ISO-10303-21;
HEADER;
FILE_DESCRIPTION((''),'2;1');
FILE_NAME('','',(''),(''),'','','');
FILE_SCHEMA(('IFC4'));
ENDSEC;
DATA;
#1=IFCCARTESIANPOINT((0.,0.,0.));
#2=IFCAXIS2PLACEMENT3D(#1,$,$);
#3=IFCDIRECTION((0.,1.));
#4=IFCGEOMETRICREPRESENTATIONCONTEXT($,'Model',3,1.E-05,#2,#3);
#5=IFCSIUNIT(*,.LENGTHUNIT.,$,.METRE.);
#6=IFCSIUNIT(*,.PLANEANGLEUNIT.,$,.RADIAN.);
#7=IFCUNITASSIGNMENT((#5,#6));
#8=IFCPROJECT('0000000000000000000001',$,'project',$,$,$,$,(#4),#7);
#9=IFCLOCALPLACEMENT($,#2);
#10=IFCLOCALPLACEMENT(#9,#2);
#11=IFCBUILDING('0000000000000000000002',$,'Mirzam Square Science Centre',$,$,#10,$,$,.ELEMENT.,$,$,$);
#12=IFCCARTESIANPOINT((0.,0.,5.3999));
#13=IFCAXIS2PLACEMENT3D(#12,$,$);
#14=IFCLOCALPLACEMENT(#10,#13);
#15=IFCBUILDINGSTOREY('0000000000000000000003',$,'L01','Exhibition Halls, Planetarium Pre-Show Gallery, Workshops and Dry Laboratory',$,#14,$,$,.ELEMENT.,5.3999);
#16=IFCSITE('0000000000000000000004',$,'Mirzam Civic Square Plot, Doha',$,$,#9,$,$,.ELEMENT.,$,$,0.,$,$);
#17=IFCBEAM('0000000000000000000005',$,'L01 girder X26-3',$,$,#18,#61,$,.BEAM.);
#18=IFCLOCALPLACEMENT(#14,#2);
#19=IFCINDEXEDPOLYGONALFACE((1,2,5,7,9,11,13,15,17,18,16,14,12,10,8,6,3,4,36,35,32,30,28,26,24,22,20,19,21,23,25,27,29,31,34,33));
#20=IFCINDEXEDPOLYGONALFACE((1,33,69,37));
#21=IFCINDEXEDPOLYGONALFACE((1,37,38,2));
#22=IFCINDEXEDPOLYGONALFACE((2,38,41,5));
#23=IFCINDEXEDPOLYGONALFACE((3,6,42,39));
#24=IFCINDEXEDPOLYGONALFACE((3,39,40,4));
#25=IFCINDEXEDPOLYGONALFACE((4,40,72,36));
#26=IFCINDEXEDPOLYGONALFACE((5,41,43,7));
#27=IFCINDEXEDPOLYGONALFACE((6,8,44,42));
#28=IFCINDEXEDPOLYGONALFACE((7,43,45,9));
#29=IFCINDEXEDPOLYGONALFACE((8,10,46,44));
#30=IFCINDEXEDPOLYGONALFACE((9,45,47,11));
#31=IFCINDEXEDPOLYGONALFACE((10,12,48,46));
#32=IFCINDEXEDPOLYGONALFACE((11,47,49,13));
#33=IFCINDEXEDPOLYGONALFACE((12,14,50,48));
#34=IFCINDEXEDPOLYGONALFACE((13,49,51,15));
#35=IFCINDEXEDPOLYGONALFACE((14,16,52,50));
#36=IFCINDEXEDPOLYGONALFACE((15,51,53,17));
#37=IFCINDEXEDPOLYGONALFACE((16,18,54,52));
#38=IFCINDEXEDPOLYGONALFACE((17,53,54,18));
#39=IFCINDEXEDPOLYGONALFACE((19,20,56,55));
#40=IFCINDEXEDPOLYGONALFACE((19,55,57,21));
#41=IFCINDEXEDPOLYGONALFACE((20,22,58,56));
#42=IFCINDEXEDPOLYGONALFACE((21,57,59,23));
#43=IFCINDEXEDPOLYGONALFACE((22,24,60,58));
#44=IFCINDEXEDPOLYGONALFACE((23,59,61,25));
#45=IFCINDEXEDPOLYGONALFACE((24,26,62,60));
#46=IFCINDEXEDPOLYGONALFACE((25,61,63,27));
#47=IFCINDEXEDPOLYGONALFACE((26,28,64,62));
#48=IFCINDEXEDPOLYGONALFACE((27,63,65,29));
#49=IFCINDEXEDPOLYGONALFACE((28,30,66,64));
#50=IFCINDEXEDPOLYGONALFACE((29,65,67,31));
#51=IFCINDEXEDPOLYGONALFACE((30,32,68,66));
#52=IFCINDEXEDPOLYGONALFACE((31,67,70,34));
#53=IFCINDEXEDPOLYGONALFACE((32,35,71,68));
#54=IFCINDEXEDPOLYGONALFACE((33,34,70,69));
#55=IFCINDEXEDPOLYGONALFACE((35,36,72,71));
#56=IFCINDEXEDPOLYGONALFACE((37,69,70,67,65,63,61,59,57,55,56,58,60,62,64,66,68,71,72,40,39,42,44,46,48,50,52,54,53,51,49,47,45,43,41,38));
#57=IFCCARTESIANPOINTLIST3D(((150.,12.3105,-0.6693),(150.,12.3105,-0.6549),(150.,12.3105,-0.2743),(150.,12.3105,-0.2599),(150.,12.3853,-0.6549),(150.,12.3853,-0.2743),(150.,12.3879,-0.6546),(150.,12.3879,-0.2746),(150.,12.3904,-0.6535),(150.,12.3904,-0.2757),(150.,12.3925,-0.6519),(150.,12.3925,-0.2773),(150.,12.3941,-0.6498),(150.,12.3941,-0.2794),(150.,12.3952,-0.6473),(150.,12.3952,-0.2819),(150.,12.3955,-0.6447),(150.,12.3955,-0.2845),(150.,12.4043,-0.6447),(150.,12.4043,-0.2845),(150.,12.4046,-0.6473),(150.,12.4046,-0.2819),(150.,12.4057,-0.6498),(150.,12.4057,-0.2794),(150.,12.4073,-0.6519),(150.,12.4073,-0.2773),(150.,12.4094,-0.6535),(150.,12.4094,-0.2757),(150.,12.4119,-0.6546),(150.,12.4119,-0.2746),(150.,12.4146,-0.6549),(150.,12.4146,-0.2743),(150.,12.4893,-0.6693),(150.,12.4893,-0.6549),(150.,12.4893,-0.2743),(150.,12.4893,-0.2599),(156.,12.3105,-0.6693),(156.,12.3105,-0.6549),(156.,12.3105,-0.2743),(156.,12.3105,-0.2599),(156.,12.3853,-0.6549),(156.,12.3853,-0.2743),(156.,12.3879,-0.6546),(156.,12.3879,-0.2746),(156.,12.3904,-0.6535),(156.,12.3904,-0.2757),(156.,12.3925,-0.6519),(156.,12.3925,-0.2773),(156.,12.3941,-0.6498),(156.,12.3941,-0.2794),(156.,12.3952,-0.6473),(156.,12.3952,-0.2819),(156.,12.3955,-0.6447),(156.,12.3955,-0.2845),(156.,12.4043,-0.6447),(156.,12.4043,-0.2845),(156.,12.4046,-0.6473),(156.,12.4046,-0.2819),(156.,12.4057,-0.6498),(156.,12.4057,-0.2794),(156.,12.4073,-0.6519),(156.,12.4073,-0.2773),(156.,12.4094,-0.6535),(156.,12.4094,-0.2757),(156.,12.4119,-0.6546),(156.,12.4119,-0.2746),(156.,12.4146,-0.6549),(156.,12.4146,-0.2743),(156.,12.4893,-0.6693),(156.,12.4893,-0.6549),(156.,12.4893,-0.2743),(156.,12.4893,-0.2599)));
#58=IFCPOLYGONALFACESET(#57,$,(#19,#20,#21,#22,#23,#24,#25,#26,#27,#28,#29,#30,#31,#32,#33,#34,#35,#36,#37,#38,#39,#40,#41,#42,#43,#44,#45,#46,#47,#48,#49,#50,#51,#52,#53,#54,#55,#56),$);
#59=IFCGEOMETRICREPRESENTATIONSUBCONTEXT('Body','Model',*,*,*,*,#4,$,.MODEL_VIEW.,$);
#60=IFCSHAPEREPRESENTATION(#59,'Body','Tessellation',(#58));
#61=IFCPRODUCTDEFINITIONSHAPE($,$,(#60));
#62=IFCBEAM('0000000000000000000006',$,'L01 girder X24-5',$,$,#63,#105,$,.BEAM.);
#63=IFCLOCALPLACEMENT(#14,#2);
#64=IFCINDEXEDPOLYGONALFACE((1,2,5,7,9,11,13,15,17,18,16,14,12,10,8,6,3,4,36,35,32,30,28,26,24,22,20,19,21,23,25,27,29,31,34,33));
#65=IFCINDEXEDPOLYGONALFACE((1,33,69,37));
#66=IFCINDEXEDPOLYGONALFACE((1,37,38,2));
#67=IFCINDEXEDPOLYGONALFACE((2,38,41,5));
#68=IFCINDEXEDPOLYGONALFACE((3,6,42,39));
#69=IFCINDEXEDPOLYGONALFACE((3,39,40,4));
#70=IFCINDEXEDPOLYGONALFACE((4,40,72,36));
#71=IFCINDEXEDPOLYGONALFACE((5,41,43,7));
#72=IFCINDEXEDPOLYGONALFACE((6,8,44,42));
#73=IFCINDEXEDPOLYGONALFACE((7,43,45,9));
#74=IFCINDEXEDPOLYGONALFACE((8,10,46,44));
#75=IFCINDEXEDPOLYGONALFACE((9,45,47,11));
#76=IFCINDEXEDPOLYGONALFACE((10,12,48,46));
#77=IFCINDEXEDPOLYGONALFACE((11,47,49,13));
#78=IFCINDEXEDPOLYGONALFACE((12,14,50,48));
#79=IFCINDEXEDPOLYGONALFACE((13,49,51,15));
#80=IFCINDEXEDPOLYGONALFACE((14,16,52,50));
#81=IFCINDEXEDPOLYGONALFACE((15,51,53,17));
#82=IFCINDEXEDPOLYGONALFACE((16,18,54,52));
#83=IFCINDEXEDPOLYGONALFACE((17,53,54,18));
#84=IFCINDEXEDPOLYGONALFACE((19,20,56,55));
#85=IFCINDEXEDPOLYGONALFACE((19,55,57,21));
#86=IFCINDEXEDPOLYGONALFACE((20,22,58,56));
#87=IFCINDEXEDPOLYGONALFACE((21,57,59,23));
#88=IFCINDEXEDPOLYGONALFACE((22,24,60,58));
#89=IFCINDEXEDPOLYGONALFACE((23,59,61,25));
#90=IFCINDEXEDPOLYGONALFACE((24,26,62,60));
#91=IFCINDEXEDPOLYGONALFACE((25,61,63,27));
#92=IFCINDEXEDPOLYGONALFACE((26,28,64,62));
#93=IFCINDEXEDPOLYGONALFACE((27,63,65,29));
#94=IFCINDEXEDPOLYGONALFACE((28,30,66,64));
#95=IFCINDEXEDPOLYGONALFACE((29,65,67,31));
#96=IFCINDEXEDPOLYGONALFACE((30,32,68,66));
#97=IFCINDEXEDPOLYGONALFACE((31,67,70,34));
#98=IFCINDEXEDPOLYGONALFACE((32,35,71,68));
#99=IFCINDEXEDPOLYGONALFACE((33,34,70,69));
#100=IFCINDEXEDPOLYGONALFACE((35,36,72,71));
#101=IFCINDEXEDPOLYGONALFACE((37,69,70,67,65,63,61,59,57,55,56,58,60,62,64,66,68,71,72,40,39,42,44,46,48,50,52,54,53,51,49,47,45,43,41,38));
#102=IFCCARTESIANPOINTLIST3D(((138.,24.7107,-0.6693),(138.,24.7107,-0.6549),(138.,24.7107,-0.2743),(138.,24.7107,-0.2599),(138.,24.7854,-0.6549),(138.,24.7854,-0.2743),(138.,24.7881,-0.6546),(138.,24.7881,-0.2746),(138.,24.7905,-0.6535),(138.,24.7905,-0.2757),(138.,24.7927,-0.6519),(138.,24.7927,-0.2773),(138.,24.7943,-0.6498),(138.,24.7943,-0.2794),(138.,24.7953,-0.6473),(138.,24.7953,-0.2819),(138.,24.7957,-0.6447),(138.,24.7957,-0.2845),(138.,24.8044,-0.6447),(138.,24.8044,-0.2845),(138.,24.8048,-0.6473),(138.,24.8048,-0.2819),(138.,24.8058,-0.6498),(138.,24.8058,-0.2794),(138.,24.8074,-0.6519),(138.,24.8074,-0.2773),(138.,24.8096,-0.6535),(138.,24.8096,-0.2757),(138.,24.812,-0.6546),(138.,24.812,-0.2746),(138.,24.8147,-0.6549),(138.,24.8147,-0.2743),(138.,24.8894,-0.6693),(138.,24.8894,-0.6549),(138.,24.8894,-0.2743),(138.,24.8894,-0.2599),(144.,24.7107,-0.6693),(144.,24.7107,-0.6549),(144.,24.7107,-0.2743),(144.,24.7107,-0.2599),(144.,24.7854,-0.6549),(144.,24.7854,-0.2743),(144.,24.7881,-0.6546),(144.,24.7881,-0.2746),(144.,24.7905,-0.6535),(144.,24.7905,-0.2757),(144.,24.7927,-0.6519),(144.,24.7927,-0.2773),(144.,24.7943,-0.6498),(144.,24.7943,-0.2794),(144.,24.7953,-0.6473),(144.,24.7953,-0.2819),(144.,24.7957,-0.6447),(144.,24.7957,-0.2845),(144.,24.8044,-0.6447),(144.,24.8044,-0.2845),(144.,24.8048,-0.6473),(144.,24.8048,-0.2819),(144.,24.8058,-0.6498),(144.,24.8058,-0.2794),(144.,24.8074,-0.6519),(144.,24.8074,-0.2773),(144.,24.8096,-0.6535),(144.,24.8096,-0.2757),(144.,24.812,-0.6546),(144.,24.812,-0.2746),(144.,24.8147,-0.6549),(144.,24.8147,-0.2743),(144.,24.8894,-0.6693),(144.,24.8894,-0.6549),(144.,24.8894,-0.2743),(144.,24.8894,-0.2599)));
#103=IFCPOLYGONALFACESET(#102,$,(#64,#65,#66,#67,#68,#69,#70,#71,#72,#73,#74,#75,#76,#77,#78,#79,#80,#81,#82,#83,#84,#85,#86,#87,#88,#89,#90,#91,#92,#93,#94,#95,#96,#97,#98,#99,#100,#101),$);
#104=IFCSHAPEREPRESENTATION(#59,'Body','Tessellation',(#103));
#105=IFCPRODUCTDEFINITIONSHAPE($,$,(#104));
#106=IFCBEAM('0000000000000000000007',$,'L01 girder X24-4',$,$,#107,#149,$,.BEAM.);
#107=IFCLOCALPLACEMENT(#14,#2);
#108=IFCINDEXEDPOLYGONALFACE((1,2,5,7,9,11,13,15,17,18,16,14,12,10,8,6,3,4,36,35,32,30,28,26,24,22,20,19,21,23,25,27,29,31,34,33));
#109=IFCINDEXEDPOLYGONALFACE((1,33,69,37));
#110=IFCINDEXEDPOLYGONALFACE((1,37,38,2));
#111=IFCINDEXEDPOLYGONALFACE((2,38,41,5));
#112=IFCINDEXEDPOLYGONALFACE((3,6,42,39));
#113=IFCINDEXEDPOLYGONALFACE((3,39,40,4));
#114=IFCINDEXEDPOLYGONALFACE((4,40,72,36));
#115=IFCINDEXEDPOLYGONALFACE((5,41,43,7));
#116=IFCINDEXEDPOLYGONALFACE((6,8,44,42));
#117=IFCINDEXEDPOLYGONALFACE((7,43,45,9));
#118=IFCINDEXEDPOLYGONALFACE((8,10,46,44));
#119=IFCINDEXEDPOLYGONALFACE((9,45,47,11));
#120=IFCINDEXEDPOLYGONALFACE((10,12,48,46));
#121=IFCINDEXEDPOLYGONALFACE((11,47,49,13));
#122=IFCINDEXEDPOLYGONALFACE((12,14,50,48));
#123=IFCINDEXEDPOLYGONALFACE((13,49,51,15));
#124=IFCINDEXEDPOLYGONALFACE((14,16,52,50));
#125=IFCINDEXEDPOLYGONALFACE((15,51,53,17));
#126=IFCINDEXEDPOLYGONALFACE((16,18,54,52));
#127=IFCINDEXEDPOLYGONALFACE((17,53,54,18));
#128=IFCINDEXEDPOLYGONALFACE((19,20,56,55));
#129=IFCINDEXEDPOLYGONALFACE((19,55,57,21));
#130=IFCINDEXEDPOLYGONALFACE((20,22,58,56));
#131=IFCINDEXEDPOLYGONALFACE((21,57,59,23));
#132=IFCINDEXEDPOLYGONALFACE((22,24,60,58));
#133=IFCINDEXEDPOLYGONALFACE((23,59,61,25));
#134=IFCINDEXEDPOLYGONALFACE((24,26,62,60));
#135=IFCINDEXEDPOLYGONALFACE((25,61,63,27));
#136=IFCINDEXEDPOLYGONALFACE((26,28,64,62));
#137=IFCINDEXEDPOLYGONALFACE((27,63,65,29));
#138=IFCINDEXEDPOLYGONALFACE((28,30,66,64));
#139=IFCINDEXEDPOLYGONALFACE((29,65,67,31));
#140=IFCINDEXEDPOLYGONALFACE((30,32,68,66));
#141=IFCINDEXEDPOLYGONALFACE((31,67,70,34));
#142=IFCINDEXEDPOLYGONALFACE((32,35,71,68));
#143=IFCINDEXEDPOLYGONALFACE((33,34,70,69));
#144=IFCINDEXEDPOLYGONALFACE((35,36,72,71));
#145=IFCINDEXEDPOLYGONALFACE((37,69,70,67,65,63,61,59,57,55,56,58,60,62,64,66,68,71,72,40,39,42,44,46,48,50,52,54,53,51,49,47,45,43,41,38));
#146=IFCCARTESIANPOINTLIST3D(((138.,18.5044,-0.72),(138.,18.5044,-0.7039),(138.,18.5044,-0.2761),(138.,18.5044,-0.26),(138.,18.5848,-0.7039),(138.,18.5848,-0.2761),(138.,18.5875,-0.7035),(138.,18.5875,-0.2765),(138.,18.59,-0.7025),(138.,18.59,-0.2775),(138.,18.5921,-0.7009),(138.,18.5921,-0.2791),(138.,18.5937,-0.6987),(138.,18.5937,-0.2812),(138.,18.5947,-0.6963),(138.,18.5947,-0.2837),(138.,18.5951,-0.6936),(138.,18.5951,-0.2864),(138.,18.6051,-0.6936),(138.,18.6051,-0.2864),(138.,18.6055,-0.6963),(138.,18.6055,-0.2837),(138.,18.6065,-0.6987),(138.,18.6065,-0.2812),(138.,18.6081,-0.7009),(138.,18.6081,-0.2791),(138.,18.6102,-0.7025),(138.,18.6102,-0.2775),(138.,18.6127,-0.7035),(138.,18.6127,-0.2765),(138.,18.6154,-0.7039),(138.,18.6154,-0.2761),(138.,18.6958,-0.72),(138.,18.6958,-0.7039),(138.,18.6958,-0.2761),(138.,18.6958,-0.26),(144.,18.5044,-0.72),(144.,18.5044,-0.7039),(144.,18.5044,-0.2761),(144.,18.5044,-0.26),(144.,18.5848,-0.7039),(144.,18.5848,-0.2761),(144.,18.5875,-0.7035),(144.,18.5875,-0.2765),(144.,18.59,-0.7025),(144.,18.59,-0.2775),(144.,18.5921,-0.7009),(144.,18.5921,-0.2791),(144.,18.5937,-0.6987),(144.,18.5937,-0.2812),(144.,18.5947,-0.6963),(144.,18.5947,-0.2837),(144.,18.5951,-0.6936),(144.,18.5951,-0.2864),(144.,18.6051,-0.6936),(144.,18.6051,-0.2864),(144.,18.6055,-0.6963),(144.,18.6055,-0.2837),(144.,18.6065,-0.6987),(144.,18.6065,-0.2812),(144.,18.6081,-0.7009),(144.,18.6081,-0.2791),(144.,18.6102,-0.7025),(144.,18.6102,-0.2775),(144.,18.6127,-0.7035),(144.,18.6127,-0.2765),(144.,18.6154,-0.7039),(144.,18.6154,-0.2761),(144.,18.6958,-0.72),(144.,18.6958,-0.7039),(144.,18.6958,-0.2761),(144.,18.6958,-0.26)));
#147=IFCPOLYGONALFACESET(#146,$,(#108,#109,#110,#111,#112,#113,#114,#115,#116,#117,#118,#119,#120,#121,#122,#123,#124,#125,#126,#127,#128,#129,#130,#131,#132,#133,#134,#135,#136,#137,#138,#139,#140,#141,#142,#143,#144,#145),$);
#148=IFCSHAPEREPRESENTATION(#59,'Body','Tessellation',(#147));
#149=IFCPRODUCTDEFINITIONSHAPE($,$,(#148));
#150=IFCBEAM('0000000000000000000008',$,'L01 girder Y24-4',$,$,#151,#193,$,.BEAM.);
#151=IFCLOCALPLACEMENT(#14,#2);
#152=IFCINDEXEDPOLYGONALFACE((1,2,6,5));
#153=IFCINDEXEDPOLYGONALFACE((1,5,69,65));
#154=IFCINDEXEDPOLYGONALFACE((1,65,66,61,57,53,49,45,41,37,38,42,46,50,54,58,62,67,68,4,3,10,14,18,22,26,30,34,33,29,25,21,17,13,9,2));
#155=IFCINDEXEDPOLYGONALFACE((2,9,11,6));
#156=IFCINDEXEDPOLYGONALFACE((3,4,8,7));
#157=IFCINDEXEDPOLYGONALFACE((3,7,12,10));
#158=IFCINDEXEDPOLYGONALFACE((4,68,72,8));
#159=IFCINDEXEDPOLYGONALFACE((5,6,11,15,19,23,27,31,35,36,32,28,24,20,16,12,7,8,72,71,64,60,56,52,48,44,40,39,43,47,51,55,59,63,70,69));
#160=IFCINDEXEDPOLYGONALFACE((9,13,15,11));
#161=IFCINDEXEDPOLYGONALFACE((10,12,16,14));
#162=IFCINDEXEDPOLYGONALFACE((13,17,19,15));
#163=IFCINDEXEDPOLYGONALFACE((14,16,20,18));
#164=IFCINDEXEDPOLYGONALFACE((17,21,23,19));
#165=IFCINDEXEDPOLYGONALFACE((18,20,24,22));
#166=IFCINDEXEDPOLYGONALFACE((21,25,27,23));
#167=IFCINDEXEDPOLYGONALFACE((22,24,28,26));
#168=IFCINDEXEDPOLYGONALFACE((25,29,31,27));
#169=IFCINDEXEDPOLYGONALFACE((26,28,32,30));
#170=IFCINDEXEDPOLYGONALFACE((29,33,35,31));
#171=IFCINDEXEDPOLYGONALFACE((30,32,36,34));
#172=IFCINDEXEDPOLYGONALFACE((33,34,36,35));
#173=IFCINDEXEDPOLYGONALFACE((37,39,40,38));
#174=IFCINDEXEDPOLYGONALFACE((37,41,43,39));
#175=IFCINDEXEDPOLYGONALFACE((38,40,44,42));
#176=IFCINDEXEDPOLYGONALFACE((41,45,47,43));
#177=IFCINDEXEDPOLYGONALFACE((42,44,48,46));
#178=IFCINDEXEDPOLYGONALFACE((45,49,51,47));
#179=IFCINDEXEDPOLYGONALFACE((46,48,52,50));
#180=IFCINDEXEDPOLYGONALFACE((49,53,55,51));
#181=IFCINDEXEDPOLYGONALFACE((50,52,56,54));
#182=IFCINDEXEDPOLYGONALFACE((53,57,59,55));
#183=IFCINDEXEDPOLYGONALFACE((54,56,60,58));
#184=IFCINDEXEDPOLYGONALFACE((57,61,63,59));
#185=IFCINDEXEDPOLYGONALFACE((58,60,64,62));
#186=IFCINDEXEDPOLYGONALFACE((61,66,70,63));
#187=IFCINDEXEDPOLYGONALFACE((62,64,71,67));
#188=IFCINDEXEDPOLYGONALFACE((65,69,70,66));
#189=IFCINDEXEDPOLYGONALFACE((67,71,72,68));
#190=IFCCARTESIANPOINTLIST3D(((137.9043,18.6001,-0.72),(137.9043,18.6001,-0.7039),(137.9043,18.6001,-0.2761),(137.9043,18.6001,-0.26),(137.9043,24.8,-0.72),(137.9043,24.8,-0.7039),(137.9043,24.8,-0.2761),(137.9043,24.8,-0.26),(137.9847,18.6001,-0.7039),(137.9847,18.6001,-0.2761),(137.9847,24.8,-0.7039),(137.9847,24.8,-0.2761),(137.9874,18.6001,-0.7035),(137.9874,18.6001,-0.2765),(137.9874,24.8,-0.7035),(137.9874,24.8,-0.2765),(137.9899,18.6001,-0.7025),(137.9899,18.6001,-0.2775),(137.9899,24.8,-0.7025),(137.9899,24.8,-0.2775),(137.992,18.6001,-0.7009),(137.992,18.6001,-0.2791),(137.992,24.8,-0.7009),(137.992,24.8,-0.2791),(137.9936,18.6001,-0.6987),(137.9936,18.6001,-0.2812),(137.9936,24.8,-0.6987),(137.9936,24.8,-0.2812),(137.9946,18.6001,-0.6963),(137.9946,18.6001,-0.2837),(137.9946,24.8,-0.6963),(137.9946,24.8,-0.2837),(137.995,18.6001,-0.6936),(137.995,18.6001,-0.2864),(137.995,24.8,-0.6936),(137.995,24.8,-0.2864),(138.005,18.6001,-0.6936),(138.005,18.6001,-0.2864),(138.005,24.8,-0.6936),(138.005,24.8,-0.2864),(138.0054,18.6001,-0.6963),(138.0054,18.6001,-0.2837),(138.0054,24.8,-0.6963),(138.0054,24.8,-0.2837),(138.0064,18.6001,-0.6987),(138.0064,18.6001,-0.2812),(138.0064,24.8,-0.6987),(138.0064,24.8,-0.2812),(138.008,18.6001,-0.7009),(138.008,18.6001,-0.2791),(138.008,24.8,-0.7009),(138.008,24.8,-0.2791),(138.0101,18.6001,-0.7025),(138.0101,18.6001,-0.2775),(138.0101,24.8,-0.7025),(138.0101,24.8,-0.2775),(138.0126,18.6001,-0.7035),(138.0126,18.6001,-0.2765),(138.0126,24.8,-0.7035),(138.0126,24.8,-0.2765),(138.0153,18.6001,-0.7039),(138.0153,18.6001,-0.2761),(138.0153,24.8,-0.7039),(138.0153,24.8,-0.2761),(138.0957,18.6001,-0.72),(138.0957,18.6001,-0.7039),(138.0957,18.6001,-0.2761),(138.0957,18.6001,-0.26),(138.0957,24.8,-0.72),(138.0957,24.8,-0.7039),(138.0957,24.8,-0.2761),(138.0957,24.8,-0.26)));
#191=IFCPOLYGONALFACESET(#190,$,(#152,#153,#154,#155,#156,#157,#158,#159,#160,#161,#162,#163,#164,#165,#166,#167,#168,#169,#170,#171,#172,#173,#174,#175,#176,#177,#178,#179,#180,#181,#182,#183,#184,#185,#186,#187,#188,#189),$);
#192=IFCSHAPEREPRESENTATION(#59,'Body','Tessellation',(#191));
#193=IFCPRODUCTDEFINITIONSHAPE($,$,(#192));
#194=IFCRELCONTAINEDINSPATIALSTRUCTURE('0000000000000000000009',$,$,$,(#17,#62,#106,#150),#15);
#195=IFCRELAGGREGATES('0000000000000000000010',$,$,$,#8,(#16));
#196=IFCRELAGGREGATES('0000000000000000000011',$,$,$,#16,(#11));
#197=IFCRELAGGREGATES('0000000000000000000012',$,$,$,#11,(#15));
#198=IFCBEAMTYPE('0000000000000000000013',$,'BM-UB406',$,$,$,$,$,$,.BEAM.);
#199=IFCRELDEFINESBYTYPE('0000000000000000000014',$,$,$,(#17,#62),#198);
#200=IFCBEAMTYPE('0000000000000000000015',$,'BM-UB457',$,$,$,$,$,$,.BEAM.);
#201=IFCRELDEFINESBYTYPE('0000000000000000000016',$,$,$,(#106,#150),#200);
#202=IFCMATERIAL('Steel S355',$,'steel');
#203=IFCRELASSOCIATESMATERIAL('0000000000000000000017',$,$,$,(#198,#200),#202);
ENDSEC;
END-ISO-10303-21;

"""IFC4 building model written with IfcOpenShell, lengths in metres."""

from ifc_helpers import new_model, si_unit, direction, frame, origin, origin_2d, place, context, subcontext, project, spatial, i_section, extrude, material, material_profile, profile_set, type_object, element, save


model = new_model("IFC4")

# Units and contexts
model_context = context("Model", 3, precision=1e-05, world=origin(), true_north=direction((0.0, 1.0)))
body_context = subcontext(model_context, "Body", "Model", "MODEL_VIEW")
ifc_project = project(units=[si_unit("LENGTHUNIT", "METRE"), si_unit("PLANEANGLEUNIT", "RADIAN")], contexts=[model_context])

# Site, building, storey
site_placement = place(None, origin())
site = spatial("IfcSite", under=ifc_project, at=site_placement, Name="Mirzam Civic Square Plot, Doha", CompositionType="ELEMENT", RefElevation=0.0)
building_placement = place(site_placement, origin())
building = spatial("IfcBuilding", under=site, at=building_placement, Name="Mirzam Square Science Centre", CompositionType="ELEMENT")
storey_placement = place(building_placement, frame((0.0, 0.0, 5.3999)))
storey = spatial("IfcBuildingStorey", under=building, at=storey_placement, Name="L01", Description="Exhibition Halls, Planetarium Pre-Show Gallery, Workshops and Dry Laboratory", CompositionType="ELEMENT", Elevation=5.3999)

# Shared definitions
ifc_material_1 = material(Name="Steel S355", Category="steel")

# Beams
ifc_material_profile_1 = material_profile(ifc_material_1, i_section(OverallWidth=0.1787, OverallDepth=0.4094, WebThickness=0.0088, FlangeThickness=0.0144, FilletRadius=0.0103, at=origin_2d()), Name="406x178x67UB")
ifc_profile_set_1 = profile_set([ifc_material_profile_1], Name="Steel S355")
beam_type_1 = type_object("IfcBeamType", Name="BM-UB406", PredefinedType="BEAM", material=ifc_profile_set_1)
for number, where, z_axis, x_axis, name in (
    (1, (150.0, 12.3999, -0.4646), (1.0, 0.0, 0.0), (0.0, 1.0, 0.0), "L01 girder X26-3"),
    (2, (138.0, 24.8, -0.4646), (1.0, 0.0, 0.0), (0.0, 1.0, 0.0), "L01 girder X24-5"),
):
    element("IfcBeam", number, at=place(storey_placement, frame(where, z_axis=z_axis, x_axis=x_axis)), inside=storey, type_object=beam_type_1, Name=name, PredefinedType="BEAM", context=body_context, shape_type="SweptSolid", body=[
        extrude(i_section(OverallWidth=0.1787, OverallDepth=0.4094, WebThickness=0.0088, FlangeThickness=0.0144, FilletRadius=0.0103, at=origin_2d()), origin(), (0.0, 0.0, 1.0), 6.0),
    ])
ifc_material_profile_2 = material_profile(ifc_material_1, i_section(OverallWidth=0.1914, OverallDepth=0.46, WebThickness=0.01, FlangeThickness=0.0161, FilletRadius=0.0103, at=origin_2d()), Name="457x191x82UB")
ifc_profile_set_2 = profile_set([ifc_material_profile_2], Name="Steel S355")
beam_type_2 = type_object("IfcBeamType", Name="BM-UB457", PredefinedType="BEAM", material=ifc_profile_set_2)
beam_1_placement = place(storey_placement, frame((138.0, 18.6001, -0.49), z_axis=(1.0, 0.0, 0.0), x_axis=(0.0, 1.0, 0.0)))
element("IfcBeam", 3, at=beam_1_placement, inside=storey, type_object=beam_type_2, Name="L01 girder X24-4", PredefinedType="BEAM", context=body_context, shape_type="SweptSolid", body=[
    extrude(i_section(OverallWidth=0.1914, OverallDepth=0.46, WebThickness=0.01, FlangeThickness=0.0161, FilletRadius=0.0103, at=origin_2d()), origin(), (0.0, 0.0, 1.0), 6.0),
])
beam_2_placement = place(storey_placement, frame((138.0, 18.6001, -0.49), z_axis=(0.0, 1.0, 0.0), x_axis=(-1.0, 0.0, 0.0)))
element("IfcBeam", 4, at=beam_2_placement, inside=storey, type_object=beam_type_2, Name="L01 girder Y24-4", PredefinedType="BEAM", context=body_context, shape_type="SweptSolid", body=[
    extrude(i_section(OverallWidth=0.1914, OverallDepth=0.46, WebThickness=0.01, FlangeThickness=0.0161, FilletRadius=0.0103, at=origin_2d()), origin(), (0.0, 0.0, 1.0), 6.2),
])

save(model, "model.ifc")
